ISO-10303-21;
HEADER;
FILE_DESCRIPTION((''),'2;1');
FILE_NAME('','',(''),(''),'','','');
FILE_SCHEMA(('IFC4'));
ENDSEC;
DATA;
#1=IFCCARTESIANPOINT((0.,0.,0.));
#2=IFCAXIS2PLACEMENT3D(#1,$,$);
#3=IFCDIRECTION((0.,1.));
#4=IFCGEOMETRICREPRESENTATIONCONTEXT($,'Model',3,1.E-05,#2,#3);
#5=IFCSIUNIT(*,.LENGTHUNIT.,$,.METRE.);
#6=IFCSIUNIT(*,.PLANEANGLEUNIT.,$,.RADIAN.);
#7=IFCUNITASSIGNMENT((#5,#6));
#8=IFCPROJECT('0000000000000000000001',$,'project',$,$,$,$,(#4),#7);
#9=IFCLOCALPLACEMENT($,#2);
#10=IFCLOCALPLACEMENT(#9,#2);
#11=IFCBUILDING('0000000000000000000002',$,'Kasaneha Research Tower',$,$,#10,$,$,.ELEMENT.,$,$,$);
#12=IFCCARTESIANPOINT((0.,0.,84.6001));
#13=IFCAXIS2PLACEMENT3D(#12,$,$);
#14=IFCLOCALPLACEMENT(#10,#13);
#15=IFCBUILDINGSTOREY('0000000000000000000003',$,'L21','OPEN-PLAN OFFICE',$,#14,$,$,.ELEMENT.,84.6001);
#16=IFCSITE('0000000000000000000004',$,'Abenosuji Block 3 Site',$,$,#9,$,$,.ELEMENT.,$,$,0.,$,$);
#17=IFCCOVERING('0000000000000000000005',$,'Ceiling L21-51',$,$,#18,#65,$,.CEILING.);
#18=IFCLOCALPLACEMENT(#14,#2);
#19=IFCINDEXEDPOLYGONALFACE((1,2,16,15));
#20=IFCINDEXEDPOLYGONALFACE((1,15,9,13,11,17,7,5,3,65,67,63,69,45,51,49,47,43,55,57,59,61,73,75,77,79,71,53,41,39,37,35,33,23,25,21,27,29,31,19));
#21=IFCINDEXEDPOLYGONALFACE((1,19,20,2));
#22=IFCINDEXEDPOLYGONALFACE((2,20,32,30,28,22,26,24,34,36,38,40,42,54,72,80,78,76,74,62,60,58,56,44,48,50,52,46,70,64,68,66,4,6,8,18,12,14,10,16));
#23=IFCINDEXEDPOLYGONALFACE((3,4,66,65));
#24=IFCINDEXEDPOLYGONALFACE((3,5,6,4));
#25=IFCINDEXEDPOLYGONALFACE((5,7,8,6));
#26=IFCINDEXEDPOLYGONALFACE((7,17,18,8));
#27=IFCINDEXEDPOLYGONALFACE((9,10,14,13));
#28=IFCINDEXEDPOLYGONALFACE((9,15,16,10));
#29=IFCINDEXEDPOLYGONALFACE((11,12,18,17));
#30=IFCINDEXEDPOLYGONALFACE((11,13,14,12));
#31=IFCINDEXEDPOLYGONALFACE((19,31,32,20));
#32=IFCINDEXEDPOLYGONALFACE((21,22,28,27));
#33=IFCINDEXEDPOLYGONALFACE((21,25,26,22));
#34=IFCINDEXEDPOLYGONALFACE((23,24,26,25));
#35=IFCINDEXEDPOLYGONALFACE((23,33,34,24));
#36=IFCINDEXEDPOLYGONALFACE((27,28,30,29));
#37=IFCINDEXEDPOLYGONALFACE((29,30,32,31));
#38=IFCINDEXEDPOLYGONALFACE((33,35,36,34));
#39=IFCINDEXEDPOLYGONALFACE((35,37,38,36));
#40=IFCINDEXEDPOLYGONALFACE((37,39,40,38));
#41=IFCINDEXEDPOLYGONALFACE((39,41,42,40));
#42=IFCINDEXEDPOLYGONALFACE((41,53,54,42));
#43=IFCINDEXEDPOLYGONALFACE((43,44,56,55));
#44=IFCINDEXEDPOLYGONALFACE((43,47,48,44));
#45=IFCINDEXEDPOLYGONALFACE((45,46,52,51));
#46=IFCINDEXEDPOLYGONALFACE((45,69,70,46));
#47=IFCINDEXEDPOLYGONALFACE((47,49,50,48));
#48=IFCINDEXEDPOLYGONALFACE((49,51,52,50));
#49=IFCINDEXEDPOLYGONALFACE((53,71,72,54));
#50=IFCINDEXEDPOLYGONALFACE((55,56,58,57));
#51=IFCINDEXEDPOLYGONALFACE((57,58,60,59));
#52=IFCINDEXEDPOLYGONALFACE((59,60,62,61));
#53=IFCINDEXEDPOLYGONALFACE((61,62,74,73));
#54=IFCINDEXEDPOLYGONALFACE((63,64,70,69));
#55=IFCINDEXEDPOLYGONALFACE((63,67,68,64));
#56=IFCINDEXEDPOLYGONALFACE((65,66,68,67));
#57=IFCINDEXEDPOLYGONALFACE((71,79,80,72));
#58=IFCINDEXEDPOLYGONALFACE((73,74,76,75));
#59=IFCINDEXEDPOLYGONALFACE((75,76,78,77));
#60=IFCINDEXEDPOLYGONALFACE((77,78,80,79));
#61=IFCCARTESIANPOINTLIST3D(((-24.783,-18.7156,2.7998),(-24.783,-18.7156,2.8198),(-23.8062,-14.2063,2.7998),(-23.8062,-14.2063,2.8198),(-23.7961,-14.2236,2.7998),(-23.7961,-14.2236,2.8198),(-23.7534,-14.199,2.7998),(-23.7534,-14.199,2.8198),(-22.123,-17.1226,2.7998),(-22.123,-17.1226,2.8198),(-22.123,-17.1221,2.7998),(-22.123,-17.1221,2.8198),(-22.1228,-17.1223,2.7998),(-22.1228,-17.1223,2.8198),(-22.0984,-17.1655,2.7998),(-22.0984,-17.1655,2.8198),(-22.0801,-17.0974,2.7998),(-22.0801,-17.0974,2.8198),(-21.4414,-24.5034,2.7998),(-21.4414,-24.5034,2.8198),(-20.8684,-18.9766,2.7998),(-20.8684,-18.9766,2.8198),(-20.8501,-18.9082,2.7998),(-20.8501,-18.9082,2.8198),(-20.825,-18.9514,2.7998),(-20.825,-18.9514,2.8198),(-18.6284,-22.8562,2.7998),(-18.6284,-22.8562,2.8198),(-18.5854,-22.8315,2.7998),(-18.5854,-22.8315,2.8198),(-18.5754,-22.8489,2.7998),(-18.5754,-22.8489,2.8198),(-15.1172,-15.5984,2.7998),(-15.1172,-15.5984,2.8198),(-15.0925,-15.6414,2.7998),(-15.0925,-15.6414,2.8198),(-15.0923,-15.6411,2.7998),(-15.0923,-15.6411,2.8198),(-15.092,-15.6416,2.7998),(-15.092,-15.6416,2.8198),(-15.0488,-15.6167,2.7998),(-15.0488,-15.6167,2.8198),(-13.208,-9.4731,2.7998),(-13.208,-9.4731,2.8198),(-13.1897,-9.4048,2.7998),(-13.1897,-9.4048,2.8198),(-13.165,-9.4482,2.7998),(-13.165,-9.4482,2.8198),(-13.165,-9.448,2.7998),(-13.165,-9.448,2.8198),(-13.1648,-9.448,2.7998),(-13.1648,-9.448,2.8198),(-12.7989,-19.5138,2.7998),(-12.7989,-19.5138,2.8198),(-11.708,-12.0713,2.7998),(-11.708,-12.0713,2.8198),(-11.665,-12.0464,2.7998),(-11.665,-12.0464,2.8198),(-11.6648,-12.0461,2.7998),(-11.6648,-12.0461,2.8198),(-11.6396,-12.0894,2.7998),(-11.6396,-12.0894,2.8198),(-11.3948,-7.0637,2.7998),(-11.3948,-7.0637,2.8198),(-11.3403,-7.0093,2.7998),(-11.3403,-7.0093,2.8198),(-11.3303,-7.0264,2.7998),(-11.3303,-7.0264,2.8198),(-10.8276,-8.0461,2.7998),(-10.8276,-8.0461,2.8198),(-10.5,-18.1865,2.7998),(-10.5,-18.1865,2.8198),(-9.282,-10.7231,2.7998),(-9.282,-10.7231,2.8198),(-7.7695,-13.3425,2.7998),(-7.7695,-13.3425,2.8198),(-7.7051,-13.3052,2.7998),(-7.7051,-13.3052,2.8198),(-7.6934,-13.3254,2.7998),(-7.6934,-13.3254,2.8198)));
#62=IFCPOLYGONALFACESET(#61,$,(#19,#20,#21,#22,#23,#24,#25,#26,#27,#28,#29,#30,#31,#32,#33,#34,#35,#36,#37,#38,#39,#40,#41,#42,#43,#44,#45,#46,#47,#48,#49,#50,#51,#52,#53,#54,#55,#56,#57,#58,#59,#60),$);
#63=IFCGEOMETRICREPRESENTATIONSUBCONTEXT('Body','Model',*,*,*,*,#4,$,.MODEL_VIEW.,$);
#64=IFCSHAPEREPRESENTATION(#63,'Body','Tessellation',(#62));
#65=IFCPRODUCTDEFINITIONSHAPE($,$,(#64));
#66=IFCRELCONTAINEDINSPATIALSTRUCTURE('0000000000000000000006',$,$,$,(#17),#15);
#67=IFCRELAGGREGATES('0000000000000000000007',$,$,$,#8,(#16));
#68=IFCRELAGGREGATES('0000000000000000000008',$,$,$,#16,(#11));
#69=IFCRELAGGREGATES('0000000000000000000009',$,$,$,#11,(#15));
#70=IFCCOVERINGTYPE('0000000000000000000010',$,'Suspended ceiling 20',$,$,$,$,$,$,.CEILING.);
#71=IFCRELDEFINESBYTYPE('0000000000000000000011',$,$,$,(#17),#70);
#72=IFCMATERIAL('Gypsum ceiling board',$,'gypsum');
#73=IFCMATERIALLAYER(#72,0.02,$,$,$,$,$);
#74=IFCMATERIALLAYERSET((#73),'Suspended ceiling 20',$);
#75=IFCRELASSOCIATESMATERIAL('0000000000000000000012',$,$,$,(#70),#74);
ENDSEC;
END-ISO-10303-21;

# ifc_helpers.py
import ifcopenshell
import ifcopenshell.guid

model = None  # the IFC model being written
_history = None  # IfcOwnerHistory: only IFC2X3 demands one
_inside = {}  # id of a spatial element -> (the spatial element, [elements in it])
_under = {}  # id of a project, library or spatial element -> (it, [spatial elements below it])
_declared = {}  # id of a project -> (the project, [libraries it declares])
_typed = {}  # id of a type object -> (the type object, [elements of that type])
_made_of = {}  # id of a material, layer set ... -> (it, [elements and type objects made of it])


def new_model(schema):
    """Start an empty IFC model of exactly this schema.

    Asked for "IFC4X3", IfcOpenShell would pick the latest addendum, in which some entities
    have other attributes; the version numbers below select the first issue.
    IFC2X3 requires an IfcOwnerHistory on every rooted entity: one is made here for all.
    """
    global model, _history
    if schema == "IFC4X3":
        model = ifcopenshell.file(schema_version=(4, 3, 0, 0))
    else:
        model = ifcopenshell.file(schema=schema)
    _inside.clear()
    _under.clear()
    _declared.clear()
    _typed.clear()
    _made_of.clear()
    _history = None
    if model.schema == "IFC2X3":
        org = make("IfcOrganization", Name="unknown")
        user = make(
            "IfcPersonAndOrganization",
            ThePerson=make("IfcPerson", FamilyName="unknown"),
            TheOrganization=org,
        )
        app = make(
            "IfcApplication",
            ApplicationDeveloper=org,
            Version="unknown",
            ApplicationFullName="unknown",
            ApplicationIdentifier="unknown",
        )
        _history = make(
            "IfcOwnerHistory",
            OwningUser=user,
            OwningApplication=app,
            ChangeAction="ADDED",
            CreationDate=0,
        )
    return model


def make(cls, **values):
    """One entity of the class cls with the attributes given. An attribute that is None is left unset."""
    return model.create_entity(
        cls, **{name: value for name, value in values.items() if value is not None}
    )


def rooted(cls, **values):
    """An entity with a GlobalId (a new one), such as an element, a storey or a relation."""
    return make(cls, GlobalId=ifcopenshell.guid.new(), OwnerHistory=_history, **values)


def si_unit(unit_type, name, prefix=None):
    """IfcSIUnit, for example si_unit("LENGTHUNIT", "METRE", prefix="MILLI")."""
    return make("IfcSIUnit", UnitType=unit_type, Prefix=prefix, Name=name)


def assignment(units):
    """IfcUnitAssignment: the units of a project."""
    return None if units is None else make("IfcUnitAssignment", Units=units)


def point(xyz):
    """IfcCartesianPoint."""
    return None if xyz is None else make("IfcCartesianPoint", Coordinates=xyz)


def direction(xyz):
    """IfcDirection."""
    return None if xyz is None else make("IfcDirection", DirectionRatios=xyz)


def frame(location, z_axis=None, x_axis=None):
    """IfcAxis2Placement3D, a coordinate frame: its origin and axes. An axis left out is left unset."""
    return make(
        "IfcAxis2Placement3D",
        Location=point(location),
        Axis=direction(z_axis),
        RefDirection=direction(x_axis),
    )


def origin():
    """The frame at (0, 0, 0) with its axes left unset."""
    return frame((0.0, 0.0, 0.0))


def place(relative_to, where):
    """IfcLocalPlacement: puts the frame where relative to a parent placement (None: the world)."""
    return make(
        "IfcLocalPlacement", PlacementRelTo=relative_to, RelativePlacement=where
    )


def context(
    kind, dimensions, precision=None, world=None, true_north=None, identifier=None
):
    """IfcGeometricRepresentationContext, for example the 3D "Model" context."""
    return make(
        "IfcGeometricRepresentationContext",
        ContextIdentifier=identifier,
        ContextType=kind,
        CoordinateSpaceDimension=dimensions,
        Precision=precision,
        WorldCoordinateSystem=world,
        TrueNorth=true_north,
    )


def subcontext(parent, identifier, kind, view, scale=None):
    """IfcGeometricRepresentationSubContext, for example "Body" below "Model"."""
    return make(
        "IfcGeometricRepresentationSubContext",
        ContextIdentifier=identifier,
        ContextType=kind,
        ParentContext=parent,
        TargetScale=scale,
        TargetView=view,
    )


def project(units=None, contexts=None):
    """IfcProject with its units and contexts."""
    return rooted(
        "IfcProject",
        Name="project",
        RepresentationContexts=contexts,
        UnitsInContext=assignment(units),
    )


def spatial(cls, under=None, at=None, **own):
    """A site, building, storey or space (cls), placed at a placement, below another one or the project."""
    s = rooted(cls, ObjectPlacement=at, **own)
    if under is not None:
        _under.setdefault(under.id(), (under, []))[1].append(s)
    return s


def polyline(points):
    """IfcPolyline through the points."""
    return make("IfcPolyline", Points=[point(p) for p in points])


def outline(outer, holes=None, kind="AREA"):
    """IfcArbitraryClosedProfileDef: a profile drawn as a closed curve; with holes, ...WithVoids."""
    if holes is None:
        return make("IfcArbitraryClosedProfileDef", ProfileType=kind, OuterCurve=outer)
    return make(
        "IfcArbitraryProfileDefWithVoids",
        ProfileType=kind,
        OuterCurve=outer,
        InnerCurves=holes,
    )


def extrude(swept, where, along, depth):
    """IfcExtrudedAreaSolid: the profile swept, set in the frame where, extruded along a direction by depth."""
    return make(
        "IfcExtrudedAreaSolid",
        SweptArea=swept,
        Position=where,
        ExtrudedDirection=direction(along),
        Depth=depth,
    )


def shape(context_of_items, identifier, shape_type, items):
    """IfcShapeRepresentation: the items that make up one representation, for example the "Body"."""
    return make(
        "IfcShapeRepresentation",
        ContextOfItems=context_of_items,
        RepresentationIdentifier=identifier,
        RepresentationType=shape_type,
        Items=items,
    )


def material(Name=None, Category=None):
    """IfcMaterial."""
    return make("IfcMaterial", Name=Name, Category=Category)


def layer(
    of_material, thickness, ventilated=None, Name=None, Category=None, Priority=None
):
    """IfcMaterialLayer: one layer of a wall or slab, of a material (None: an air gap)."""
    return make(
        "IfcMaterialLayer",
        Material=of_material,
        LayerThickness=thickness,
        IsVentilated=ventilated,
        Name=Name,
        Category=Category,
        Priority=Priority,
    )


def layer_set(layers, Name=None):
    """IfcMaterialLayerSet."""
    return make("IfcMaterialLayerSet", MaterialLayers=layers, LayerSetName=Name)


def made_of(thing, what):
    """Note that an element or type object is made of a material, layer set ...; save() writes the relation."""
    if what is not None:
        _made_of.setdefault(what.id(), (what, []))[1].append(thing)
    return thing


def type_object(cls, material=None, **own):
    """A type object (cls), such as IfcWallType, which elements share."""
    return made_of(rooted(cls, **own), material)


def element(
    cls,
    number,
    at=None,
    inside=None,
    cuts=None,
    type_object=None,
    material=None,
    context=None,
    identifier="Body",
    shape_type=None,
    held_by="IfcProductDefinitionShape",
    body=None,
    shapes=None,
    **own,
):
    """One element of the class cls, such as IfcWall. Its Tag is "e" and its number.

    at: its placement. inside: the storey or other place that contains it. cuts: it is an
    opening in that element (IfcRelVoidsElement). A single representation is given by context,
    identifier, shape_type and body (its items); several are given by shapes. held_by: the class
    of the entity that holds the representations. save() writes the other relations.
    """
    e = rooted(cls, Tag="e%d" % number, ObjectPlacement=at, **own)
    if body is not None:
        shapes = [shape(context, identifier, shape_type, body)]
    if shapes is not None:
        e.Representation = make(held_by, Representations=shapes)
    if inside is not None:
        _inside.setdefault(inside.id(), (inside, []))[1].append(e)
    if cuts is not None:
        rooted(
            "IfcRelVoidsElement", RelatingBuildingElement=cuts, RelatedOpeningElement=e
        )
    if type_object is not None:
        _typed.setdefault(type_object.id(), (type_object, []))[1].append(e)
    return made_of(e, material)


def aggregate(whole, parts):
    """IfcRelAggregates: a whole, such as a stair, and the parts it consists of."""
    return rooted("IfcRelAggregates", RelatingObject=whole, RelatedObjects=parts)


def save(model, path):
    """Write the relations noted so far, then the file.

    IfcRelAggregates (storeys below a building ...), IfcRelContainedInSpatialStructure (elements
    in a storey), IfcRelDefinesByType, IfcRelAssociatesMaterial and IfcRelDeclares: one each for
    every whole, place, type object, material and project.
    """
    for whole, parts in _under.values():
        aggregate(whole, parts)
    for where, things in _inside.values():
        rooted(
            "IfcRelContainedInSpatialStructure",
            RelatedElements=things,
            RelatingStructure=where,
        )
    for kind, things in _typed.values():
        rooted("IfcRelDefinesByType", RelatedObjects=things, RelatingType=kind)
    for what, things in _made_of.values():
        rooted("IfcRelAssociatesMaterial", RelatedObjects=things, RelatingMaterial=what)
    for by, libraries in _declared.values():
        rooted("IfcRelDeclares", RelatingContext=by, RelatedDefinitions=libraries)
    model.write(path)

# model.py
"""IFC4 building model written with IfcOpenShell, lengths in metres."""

from ifc_helpers import new_model, si_unit, direction, frame, origin, place, context, subcontext, project, spatial, polyline, outline, extrude, material, layer, layer_set, type_object, element, save


model = new_model("IFC4")

# Units and contexts
model_context = context("Model", 3, precision=1e-05, world=origin(), true_north=direction((0.0, 1.0)))
body_context = subcontext(model_context, "Body", "Model", "MODEL_VIEW")
ifc_project = project(units=[si_unit("LENGTHUNIT", "METRE"), si_unit("PLANEANGLEUNIT", "RADIAN")], contexts=[model_context])

# Site, building, storey
site_placement = place(None, origin())
site = spatial("IfcSite", under=ifc_project, at=site_placement, Name="Abenosuji Block 3 Site", CompositionType="ELEMENT", RefElevation=0.0)
building_placement = place(site_placement, origin())
building = spatial("IfcBuilding", under=site, at=building_placement, Name="Kasaneha Research Tower", CompositionType="ELEMENT")
storey_placement = place(building_placement, frame((0.0, 0.0, 84.6001)))
storey = spatial("IfcBuildingStorey", under=building, at=storey_placement, Name="L21", Description="OPEN-PLAN OFFICE", CompositionType="ELEMENT", Elevation=84.6001)

# Covering
ifc_material_1 = material(Name="Gypsum ceiling board", Category="gypsum")
ifc_layer_1 = layer(ifc_material_1, 0.02)
ifc_layer_set_1 = layer_set([ifc_layer_1], Name="Suspended ceiling 20")
covering_type = type_object("IfcCoveringType", Name="Suspended ceiling 20", PredefinedType="CEILING", material=ifc_layer_set_1)
covering_1_placement = place(storey_placement, frame((0.0, 0.0, 2.7998)))
element("IfcCovering", 1, at=covering_1_placement, inside=storey, type_object=covering_type, Name="Ceiling L21-51", PredefinedType="CEILING", context=body_context, shape_type="SweptSolid", body=[
    extrude(outline(polyline([(-13.165, -9.448), (-13.165, -9.4482), (-13.208, -9.4731), (-11.708, -12.0713), (-11.665, -12.0464), (-11.665, -12.0464), (-11.6648, -12.0461), (-11.6396, -12.0894), (-9.282, -10.7231), (-7.7695, -13.3425), (-7.7051, -13.3052), (-7.6934, -13.3254), (-10.5, -18.1865), (-12.8418, -19.5386), (-12.8418, -19.5386), (-12.7988, -19.5139), (-15.0488, -15.6167), (-15.092, -15.6416), (-15.0923, -15.6411), (-15.0925, -15.6414), (-15.1172, -15.5984), (-20.8501, -18.9082), (-20.825, -18.9514), (-20.8684, -18.9766), (-18.6284, -22.8562), (-18.5854, -22.8315), (-18.5754, -22.8489), (-21.4414, -24.5034), (-24.783, -18.7156), (-22.0984, -17.1655), (-22.123, -17.1226), (-22.1228, -17.1223), (-22.123, -17.1221), (-22.0801, -17.0974), (-23.7534, -14.199), (-23.7961, -14.2236), (-23.8062, -14.2063), (-11.3403, -7.0093), (-11.3303, -7.0264), (-11.3948, -7.0637), (-10.8276, -8.0461), (-13.1897, -9.4048), (-13.1648, -9.448), (-13.165, -9.448)])), origin(), (0.0, 0.0, 1.0), 0.02),
])

save(model, "model.ifc")
